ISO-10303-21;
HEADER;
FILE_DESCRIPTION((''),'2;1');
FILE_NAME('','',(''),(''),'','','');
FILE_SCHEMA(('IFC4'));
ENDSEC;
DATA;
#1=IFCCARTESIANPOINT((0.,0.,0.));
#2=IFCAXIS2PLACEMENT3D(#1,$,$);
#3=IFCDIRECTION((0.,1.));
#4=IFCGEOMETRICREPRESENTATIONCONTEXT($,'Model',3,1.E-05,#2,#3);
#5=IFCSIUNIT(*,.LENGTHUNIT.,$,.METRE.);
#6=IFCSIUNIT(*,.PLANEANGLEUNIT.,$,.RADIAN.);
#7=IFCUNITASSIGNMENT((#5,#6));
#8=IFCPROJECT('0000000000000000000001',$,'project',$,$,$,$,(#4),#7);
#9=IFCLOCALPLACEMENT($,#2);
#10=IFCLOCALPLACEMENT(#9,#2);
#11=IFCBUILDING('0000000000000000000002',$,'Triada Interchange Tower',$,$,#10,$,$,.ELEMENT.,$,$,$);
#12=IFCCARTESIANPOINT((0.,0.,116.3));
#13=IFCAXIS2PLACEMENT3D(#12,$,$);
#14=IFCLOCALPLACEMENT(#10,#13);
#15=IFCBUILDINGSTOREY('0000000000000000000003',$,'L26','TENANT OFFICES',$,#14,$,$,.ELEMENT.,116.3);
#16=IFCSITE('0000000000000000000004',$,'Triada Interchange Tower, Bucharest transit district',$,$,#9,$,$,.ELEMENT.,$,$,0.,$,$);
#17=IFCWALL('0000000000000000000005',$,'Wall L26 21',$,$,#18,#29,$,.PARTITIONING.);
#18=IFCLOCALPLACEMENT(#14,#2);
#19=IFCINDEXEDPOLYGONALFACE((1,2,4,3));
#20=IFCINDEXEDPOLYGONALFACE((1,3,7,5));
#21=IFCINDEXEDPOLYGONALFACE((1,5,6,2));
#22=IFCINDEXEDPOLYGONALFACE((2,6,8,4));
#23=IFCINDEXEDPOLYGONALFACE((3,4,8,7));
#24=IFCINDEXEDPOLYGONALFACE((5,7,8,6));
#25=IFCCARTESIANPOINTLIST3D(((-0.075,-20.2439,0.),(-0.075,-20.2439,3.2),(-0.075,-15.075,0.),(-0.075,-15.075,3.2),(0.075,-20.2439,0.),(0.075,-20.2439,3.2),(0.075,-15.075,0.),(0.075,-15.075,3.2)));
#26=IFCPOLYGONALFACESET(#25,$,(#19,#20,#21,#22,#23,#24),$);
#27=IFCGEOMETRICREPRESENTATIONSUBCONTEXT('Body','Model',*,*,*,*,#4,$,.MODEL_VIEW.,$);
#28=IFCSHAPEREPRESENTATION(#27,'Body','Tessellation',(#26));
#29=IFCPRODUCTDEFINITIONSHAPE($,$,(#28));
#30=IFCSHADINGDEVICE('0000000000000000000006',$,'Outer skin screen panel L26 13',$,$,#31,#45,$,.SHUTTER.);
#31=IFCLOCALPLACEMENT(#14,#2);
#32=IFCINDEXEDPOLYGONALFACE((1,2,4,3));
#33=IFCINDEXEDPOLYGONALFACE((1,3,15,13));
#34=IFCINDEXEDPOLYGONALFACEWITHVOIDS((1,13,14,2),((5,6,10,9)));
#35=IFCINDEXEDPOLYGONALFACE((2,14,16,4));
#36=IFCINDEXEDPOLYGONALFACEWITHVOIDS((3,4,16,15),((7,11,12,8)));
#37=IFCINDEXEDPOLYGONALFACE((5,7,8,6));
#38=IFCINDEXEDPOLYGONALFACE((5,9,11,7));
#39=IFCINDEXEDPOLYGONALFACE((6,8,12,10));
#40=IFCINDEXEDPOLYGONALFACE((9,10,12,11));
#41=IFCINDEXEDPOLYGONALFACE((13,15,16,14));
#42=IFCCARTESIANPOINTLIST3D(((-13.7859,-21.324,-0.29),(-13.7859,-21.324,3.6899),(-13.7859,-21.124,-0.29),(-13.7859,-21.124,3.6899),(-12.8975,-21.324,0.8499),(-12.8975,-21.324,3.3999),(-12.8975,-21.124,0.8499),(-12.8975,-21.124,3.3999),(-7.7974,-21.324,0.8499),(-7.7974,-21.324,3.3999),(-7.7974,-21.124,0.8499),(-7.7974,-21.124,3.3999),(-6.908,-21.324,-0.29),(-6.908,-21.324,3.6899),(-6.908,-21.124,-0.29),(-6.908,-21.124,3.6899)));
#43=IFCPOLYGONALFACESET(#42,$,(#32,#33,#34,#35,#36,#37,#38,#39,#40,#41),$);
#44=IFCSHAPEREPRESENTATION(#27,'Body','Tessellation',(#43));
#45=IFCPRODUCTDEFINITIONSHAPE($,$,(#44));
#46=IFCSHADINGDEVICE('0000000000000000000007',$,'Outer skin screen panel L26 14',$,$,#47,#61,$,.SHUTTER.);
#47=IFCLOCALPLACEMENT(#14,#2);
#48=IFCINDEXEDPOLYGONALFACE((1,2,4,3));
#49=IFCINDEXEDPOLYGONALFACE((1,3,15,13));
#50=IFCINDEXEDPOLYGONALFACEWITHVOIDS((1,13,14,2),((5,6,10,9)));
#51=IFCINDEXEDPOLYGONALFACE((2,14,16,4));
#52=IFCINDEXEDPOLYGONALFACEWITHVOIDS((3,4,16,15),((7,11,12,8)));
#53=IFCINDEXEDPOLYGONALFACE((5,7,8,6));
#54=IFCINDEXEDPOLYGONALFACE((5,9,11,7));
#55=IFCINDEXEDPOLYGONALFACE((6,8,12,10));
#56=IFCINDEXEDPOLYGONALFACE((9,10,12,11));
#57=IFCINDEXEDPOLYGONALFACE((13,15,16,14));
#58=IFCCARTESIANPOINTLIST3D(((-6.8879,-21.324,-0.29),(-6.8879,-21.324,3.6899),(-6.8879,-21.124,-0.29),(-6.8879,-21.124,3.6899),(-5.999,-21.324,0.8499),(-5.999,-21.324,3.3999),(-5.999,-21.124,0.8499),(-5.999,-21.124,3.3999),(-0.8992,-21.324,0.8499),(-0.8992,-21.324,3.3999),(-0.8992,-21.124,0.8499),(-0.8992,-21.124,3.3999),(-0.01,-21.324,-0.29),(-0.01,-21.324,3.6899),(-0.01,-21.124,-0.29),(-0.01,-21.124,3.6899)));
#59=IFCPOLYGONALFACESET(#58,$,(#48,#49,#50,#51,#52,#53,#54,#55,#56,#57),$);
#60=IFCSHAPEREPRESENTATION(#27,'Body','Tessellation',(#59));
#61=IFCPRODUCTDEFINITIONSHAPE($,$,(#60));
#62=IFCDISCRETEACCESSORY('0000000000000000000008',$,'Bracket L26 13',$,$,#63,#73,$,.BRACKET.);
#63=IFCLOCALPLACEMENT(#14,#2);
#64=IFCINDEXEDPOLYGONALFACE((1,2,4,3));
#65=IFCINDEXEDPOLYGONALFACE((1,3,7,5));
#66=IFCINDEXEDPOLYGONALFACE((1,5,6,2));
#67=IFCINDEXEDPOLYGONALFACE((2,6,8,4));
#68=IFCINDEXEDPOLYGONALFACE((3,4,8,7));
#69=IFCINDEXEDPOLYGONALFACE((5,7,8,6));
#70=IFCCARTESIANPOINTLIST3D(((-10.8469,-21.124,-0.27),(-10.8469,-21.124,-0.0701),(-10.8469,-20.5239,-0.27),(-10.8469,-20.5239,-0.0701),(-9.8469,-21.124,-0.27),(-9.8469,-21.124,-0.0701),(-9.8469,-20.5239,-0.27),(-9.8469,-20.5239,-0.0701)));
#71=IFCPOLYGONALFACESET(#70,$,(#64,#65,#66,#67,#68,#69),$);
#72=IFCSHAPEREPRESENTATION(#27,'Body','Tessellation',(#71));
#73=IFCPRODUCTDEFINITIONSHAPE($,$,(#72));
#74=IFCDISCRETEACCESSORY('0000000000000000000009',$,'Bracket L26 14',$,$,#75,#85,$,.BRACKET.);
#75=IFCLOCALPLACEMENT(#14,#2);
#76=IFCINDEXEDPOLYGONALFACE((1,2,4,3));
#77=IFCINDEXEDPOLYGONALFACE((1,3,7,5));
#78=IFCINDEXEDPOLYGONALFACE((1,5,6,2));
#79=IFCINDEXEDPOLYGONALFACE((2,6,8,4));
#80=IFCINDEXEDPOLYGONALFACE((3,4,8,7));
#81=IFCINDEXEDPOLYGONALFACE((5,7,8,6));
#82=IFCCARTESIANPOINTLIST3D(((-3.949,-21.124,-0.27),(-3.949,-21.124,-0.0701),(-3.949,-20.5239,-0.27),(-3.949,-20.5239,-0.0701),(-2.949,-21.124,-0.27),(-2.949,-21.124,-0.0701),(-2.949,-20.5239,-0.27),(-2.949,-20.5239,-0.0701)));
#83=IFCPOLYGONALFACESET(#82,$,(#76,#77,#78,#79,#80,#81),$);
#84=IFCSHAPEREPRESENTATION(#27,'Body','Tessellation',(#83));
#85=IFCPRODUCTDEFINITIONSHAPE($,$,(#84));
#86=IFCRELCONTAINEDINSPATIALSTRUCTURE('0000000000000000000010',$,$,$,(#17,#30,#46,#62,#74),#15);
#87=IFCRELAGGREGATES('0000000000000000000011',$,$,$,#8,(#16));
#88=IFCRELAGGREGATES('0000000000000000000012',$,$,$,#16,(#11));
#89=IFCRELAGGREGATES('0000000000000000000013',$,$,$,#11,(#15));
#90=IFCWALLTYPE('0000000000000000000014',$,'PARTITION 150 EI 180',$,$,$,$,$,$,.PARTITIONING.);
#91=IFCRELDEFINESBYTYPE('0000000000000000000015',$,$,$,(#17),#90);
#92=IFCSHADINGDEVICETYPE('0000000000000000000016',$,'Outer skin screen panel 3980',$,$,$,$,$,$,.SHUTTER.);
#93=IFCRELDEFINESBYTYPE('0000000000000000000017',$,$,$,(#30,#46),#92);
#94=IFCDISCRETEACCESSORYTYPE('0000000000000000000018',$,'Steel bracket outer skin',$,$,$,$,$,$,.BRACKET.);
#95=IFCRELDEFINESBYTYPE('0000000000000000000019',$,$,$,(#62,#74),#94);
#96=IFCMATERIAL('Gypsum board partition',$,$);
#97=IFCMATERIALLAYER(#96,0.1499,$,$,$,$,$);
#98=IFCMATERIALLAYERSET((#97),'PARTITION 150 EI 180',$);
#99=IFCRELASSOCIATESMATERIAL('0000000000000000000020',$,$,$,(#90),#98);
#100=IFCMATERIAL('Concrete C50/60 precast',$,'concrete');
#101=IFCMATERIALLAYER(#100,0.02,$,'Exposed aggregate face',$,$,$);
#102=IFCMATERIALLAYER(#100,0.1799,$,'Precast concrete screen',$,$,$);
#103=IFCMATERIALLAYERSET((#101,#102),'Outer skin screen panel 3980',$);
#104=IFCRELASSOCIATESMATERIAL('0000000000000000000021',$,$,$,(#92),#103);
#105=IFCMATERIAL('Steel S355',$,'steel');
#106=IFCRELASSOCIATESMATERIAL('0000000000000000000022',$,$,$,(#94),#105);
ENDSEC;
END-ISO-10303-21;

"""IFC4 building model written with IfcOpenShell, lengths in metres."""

from ifc_helpers import new_model, si_unit, direction, frame, frame_2d, origin, origin_2d, place, context, subcontext, project, spatial, polyline, rectangle, outline, extrude, material, layer, layer_set, type_object, element, save


model = new_model("IFC4")

# Units and contexts
model_context = context("Model", 3, precision=1e-05, world=origin(), true_north=direction((0.0, 1.0)))
body_context = subcontext(model_context, "Body", "Model", "MODEL_VIEW")
ifc_project = project(units=[si_unit("LENGTHUNIT", "METRE"), si_unit("PLANEANGLEUNIT", "RADIAN")], contexts=[model_context])

# Site, building, storey
site_placement = place(None, origin())
site = spatial("IfcSite", under=ifc_project, at=site_placement, Name="Triada Interchange Tower, Bucharest transit district", CompositionType="ELEMENT", RefElevation=0.0)
building_placement = place(site_placement, origin())
building = spatial("IfcBuilding", under=site, at=building_placement, Name="Triada Interchange Tower", CompositionType="ELEMENT")
storey_placement = place(building_placement, frame((0.0, 0.0, 116.3)))
storey = spatial("IfcBuildingStorey", under=building, at=storey_placement, Name="L26", Description="TENANT OFFICES", CompositionType="ELEMENT", Elevation=116.3)

# Shared definitions
ifc_material_1 = material(Name="Gypsum board partition")
ifc_layer_1 = layer(ifc_material_1, 0.1499)
ifc_layer_set_1 = layer_set([ifc_layer_1], Name="PARTITION 150 EI 180")
wall_type = type_object("IfcWallType", Name="PARTITION 150 EI 180", PredefinedType="PARTITIONING", material=ifc_layer_set_1)

# Wall
wall_1_placement = place(storey_placement, frame((0.0, -20.2439, 0.0), z_axis=(0.0, 0.0, 1.0), x_axis=(0.0, 1.0, 0.0)))
element("IfcWall", 1, at=wall_1_placement, inside=storey, type_object=wall_type, Name="Wall L26 21", PredefinedType="PARTITIONING", context=body_context, shape_type="SweptSolid", body=[
    extrude(rectangle(XDim=5.1689, YDim=0.1499, at=frame_2d((2.5845, 0.0))), origin(), (0.0, 0.0, 1.0), 3.2),
])

# Shading devices
ifc_material_2 = material(Name="Concrete C50/60 precast", Category="concrete")
ifc_layer_2 = layer(ifc_material_2, 0.02, Name="Exposed aggregate face")
ifc_layer_3 = layer(ifc_material_2, 0.1799, Name="Precast concrete screen")
ifc_layer_set_2 = layer_set([ifc_layer_2, ifc_layer_3], Name="Outer skin screen panel 3980")
shading_device_type = type_object("IfcShadingDeviceType", Name="Outer skin screen panel 3980", PredefinedType="SHUTTER", material=ifc_layer_set_2)
shading_device_1_placement = place(storey_placement, frame((-13.7859, -21.124, -0.29), z_axis=(0.0, 0.0, 1.0), x_axis=(1.0, 0.0, 0.0)))
element("IfcShadingDevice", 2, at=shading_device_1_placement, inside=storey, type_object=shading_device_type, Name="Outer skin screen panel L26 13", PredefinedType="SHUTTER", context=body_context, shape_type="SweptSolid", body=[
    extrude(outline(polyline([(0.0, 0.0), (6.8779, 0.0), (6.8779, 3.98), (0.0, 3.98), (0.0, 0.0)]), holes=[polyline([(0.8884, 1.1399), (0.8884, 3.6899), (5.9885, 3.6899), (5.9885, 1.1399), (0.8884, 1.1399)])]), frame((0.0, 0.0, 0.0), z_axis=(0.0, -1.0, 0.0), x_axis=(1.0, 0.0, 0.0)), (0.0, 0.0, 1.0), 0.2),
])
shading_device_2_placement = place(storey_placement, frame((-6.8879, -21.124, -0.29), z_axis=(0.0, 0.0, 1.0), x_axis=(1.0, 0.0, 0.0)))
element("IfcShadingDevice", 3, at=shading_device_2_placement, inside=storey, type_object=shading_device_type, Name="Outer skin screen panel L26 14", PredefinedType="SHUTTER", context=body_context, shape_type="SweptSolid", body=[
    extrude(outline(polyline([(0.0, 0.0), (6.8779, 0.0), (6.8779, 3.98), (0.0, 3.98), (0.0, 0.0)]), holes=[polyline([(0.8889, 1.1399), (0.8889, 3.6899), (5.9888, 3.6899), (5.9888, 1.1399), (0.8889, 1.1399)])]), frame((0.0, 0.0, 0.0), z_axis=(0.0, -1.0, 0.0), x_axis=(1.0, 0.0, 0.0)), (0.0, 0.0, 1.0), 0.2),
])

# Discrete accessories
ifc_material_3 = material(Name="Steel S355", Category="steel")
discrete_accessory_type = type_object("IfcDiscreteAccessoryType", Name="Steel bracket outer skin", PredefinedType="BRACKET", material=ifc_material_3)
for number, where, z_axis, x_axis, name in (
    (4, (-10.3469, -20.824, -0.27), (0.0, 0.0, 1.0), (0.0, -1.0, 0.0), "Bracket L26 13"),
    (5, (-3.449, -20.824, -0.27), (0.0, 0.0, 1.0), (0.0, -1.0, 0.0), "Bracket L26 14"),
):
    element("IfcDiscreteAccessory", number, at=place(storey_placement, frame(where, z_axis=z_axis, x_axis=x_axis)), inside=storey, type_object=discrete_accessory_type, Name=name, PredefinedType="BRACKET", context=body_context, shape_type="SweptSolid", body=[
        extrude(rectangle(XDim=0.6001, YDim=1.0, at=origin_2d()), origin(), (0.0, 0.0, 1.0), 0.2),
    ])

save(model, "model.ifc")
